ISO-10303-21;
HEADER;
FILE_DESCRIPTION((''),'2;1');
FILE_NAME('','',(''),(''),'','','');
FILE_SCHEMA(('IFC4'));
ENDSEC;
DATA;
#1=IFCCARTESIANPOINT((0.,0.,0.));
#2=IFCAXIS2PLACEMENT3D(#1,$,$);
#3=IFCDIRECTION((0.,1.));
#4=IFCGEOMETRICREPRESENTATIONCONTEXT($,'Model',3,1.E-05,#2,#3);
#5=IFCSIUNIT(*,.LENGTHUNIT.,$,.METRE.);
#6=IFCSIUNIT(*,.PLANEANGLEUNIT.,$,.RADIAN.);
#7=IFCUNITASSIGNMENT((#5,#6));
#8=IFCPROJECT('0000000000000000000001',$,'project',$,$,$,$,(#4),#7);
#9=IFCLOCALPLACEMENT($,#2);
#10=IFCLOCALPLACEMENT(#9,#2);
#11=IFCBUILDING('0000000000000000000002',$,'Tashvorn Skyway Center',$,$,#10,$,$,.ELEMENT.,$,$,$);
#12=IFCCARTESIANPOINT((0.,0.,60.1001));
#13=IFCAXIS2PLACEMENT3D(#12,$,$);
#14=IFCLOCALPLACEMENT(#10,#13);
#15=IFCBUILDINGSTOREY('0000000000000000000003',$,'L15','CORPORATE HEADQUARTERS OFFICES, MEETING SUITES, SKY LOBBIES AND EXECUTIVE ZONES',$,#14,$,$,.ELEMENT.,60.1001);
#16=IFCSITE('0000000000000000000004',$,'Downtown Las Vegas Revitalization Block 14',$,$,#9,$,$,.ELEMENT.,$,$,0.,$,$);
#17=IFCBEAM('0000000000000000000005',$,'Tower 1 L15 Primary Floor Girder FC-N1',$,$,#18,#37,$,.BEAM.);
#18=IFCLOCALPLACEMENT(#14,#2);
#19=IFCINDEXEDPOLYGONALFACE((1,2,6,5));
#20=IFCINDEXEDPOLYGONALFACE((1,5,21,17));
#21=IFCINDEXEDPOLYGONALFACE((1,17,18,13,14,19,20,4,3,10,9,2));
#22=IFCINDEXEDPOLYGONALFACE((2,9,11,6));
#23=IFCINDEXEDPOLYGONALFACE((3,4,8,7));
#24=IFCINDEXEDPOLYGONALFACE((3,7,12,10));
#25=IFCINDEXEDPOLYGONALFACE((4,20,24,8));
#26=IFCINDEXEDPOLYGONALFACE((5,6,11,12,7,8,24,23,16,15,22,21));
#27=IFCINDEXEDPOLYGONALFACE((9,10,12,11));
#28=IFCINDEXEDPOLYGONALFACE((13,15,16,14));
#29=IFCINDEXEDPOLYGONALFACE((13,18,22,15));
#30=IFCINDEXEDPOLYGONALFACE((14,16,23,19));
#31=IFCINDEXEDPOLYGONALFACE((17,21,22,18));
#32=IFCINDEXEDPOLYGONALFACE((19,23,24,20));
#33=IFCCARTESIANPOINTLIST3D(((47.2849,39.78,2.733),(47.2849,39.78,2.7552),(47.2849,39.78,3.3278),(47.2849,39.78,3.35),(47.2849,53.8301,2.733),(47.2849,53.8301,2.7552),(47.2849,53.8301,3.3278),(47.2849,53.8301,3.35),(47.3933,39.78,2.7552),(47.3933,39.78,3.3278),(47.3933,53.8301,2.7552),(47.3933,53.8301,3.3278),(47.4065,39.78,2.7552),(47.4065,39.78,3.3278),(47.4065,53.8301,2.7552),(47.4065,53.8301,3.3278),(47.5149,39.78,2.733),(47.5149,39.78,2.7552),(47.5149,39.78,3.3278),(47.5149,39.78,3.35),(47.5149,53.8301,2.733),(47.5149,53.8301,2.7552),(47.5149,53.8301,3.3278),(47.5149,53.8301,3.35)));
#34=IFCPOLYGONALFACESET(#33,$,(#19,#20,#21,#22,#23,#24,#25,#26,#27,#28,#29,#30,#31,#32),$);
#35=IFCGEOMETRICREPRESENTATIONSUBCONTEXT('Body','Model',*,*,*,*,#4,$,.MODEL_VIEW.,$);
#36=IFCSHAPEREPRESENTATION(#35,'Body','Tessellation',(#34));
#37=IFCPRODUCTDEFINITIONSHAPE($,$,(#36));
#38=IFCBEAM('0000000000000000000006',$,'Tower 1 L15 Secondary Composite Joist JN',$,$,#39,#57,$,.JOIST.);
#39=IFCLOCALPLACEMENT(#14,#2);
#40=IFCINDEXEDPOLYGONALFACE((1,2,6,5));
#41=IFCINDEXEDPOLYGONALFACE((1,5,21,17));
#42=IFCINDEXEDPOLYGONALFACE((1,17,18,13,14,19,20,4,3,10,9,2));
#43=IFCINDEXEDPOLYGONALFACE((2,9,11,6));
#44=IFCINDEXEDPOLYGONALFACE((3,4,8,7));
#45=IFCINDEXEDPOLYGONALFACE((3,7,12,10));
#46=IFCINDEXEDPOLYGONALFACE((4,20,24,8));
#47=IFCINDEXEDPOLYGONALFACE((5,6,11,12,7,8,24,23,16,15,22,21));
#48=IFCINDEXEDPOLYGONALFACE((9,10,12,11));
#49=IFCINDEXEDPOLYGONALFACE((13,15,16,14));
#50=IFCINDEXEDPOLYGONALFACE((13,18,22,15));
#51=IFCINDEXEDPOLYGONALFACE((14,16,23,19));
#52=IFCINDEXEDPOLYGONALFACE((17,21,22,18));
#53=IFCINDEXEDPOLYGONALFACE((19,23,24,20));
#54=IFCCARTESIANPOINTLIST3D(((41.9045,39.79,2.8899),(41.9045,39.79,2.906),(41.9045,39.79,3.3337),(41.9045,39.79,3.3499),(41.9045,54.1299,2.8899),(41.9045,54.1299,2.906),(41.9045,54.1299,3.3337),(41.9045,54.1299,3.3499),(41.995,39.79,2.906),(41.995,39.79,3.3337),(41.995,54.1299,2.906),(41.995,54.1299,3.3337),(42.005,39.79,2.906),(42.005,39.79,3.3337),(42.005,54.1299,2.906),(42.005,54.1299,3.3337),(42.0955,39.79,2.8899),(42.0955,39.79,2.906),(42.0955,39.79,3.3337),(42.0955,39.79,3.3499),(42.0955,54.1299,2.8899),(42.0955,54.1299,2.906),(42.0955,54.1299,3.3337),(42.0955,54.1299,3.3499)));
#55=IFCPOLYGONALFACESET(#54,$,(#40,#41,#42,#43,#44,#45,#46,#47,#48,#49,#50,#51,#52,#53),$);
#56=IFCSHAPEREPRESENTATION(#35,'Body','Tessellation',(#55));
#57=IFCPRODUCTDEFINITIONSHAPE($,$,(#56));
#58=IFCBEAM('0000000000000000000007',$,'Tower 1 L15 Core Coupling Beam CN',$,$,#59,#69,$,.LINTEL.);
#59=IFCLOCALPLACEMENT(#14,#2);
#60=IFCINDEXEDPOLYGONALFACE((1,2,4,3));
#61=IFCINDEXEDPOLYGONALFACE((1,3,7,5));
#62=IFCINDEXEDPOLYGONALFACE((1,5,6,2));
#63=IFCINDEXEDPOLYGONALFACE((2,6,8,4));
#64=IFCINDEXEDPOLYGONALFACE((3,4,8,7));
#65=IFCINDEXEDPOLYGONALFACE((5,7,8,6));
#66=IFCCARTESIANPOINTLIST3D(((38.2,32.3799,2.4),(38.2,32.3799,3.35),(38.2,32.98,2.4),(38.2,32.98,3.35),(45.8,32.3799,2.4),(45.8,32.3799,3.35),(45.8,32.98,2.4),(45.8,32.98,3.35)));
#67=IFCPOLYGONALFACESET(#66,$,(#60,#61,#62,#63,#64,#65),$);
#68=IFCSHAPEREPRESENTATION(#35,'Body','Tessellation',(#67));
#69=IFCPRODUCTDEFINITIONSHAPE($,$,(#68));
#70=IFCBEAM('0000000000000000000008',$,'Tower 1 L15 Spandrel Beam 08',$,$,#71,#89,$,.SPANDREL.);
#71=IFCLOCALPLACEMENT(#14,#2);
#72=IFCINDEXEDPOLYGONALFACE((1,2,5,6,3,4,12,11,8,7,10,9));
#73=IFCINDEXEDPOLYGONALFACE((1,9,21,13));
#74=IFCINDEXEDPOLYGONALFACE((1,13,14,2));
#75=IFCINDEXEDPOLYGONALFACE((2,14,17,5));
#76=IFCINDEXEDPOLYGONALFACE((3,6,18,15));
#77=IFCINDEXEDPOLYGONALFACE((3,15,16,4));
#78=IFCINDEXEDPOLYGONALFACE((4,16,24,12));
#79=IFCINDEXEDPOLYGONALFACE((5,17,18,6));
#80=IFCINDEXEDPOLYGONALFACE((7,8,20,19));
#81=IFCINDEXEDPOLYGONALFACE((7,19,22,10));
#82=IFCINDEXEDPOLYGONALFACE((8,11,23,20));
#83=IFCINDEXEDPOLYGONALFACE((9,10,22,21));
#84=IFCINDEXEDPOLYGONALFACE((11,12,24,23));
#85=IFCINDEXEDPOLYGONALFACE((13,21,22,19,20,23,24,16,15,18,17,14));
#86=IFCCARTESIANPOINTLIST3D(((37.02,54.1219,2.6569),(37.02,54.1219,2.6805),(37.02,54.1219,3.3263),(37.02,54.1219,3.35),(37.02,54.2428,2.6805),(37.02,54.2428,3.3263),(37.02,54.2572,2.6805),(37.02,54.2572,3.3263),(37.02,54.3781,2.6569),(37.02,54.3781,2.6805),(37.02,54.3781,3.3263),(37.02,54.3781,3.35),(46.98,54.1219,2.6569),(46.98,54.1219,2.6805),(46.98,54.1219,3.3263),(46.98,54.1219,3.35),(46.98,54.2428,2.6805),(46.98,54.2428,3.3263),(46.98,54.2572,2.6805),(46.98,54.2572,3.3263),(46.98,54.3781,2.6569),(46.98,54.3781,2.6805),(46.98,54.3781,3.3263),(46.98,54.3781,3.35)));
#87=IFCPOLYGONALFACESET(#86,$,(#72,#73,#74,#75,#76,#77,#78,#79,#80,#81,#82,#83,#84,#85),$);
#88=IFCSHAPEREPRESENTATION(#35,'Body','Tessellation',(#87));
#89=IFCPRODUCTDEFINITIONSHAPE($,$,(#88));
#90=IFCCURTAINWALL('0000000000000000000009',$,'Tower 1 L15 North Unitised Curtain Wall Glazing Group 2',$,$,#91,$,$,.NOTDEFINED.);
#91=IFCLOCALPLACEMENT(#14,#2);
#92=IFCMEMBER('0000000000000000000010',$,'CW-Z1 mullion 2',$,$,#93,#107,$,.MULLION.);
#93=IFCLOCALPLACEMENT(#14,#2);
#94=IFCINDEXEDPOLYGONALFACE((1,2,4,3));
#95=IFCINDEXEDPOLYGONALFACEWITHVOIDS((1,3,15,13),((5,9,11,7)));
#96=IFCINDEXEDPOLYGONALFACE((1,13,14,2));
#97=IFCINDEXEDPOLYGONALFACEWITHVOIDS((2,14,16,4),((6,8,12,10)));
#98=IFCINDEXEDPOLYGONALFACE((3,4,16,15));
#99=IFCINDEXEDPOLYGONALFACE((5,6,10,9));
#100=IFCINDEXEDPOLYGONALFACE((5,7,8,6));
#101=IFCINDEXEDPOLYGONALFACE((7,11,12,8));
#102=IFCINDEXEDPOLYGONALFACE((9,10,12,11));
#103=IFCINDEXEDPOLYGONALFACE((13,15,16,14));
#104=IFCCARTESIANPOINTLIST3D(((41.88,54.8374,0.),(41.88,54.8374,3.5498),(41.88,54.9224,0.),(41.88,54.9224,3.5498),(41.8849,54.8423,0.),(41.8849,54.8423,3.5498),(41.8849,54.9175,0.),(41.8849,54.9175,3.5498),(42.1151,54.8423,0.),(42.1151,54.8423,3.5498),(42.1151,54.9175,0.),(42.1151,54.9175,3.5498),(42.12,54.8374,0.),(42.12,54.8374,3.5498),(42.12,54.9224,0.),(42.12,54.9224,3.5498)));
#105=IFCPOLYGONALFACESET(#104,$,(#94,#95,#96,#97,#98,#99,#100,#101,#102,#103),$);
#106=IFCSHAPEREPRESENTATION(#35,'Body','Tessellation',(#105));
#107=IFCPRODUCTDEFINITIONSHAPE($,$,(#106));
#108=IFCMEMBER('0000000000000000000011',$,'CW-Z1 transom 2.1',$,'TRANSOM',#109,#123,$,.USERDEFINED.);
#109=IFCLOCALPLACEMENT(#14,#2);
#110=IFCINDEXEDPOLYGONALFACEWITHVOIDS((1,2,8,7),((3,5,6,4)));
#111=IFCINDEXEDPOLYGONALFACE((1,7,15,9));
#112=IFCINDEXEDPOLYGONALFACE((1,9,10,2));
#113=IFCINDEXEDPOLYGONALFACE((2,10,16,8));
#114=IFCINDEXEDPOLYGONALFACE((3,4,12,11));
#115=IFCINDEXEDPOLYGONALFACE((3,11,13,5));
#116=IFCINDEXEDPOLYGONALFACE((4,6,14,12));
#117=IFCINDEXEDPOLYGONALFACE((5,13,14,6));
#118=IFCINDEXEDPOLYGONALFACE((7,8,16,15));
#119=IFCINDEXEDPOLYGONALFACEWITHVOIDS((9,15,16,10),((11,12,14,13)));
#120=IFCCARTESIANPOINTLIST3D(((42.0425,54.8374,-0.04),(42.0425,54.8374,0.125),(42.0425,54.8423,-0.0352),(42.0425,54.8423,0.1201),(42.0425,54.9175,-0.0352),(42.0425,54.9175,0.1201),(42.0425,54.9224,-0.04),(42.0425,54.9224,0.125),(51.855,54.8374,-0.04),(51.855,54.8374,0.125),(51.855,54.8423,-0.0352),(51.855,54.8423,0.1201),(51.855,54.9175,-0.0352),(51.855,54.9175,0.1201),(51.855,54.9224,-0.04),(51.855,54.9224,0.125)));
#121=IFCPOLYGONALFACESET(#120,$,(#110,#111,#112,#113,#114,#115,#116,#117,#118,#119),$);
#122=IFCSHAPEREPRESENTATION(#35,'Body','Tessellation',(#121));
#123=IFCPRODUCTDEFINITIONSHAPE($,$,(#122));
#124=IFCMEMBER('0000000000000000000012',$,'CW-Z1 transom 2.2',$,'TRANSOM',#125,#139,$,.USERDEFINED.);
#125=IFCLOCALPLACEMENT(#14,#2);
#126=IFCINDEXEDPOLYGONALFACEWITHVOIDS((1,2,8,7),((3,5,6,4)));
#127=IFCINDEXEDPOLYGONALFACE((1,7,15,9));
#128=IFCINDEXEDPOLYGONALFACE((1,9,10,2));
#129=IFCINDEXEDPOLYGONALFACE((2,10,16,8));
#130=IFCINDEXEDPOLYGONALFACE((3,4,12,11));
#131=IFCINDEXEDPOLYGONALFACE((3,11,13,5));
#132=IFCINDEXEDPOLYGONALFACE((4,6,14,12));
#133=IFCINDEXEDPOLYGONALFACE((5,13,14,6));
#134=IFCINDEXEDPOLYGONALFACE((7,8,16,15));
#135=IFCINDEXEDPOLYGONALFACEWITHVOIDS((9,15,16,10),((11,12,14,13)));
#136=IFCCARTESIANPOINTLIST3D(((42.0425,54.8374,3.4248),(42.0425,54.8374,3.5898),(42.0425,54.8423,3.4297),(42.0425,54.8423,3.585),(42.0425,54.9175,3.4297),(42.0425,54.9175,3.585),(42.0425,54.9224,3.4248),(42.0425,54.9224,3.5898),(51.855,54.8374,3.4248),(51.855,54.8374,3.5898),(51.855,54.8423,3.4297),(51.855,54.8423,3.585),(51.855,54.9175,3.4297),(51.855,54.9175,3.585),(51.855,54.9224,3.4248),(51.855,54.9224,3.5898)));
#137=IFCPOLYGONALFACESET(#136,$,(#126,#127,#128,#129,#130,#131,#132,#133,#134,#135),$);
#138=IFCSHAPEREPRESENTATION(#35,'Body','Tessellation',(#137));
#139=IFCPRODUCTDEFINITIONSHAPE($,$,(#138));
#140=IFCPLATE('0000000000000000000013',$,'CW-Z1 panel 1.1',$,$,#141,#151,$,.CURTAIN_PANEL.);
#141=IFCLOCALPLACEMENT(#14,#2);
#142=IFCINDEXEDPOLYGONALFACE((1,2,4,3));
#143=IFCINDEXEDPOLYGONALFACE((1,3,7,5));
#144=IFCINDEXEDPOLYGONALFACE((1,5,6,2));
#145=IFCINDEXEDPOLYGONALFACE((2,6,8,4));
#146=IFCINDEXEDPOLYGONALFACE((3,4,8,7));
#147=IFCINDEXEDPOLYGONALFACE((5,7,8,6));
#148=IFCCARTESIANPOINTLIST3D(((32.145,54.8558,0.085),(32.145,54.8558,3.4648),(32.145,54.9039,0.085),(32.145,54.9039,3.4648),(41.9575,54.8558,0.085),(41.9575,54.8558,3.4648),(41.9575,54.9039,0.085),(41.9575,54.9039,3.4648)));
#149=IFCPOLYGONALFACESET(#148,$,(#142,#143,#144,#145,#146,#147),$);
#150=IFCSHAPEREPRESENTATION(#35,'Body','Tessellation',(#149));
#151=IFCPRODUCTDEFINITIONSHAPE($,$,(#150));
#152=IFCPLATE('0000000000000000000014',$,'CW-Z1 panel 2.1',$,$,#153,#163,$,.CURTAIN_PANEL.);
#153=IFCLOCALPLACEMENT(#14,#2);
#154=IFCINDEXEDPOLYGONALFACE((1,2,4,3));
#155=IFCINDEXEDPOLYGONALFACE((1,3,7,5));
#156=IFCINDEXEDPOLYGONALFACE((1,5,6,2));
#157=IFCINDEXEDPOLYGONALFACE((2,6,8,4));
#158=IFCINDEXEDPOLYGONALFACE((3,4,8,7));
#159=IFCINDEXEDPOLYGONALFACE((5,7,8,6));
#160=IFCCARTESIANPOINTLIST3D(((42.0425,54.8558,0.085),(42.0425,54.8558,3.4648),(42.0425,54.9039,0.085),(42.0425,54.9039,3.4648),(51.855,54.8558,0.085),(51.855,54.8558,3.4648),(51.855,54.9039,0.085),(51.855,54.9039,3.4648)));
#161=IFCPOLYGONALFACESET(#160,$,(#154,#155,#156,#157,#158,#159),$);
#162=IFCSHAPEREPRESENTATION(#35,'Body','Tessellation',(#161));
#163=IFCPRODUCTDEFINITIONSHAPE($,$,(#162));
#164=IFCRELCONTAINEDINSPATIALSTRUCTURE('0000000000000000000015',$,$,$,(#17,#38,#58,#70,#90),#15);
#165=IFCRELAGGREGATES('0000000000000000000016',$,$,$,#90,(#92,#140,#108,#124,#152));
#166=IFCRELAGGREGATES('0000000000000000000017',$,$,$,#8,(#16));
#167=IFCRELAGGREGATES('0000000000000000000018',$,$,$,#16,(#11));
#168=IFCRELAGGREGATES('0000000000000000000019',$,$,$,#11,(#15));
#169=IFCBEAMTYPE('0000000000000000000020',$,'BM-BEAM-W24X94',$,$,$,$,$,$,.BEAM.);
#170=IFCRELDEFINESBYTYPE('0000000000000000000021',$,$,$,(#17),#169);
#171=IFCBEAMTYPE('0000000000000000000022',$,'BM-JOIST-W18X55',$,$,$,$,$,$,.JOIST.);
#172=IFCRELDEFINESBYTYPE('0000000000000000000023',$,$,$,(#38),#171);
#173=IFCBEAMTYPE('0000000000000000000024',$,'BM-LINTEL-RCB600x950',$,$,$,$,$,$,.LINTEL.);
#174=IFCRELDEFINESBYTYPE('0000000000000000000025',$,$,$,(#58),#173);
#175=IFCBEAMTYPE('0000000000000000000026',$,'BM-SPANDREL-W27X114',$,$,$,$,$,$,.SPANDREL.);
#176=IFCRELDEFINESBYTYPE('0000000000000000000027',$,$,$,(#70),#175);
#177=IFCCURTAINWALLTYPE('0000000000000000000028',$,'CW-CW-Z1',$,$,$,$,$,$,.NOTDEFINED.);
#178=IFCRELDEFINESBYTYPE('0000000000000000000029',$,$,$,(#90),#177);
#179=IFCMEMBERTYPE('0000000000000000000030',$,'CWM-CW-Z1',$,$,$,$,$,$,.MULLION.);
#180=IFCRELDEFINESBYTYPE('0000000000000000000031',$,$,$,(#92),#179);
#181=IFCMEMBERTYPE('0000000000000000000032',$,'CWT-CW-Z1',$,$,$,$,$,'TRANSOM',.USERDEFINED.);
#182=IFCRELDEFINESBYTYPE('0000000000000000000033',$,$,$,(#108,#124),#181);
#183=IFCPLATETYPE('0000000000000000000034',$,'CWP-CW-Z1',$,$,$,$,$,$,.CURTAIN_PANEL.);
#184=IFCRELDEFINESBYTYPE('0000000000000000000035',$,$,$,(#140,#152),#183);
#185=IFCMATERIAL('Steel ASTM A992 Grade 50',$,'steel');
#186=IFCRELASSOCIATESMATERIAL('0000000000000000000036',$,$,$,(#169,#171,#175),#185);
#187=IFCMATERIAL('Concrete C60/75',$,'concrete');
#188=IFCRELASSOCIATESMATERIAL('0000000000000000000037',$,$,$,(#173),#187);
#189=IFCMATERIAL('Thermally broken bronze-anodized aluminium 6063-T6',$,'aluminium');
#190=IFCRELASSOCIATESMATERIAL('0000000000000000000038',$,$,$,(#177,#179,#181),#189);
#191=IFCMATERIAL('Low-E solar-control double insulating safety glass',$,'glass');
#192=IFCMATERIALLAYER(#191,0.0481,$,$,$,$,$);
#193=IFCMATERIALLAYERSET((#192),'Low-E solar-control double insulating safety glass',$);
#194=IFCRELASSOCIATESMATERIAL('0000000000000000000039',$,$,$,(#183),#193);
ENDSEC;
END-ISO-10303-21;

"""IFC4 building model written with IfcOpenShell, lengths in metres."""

from ifc_helpers import new_model, si_unit, direction, frame, origin, origin_2d, place, context, subcontext, project, spatial, rectangle, hollow_rectangle, i_section, extrude, material, layer, layer_set, material_profile, profile_set, type_object, element, aggregate, save


model = new_model("IFC4")

# Units and contexts
model_context = context("Model", 3, precision=1e-05, world=origin(), true_north=direction((0.0, 1.0)))
body_context = subcontext(model_context, "Body", "Model", "MODEL_VIEW")
ifc_project = project(units=[si_unit("LENGTHUNIT", "METRE"), si_unit("PLANEANGLEUNIT", "RADIAN")], contexts=[model_context])

# Site, building, storey
site_placement = place(None, origin())
site = spatial("IfcSite", under=ifc_project, at=site_placement, Name="Downtown Las Vegas Revitalization Block 14", CompositionType="ELEMENT", RefElevation=0.0)
building_placement = place(site_placement, origin())
building = spatial("IfcBuilding", under=site, at=building_placement, Name="Tashvorn Skyway Center", CompositionType="ELEMENT")
storey_placement = place(building_placement, frame((0.0, 0.0, 60.1001)))
storey = spatial("IfcBuildingStorey", under=building, at=storey_placement, Name="L15", Description="CORPORATE HEADQUARTERS OFFICES, MEETING SUITES, SKY LOBBIES AND EXECUTIVE ZONES", CompositionType="ELEMENT", Elevation=60.1001)

# Beams
ifc_material_1 = material(Name="Steel ASTM A992 Grade 50", Category="steel")
ifc_material_profile_1 = material_profile(ifc_material_1, i_section(OverallWidth=0.23, OverallDepth=0.6169, WebThickness=0.0132, FlangeThickness=0.0222, at=origin_2d()), Name="W24X94")
ifc_profile_set_1 = profile_set([ifc_material_profile_1], Name="Steel ASTM A992 Grade 50")
beam_type_1 = type_object("IfcBeamType", Name="BM-BEAM-W24X94", PredefinedType="BEAM", material=ifc_profile_set_1)
beam_1_placement = place(storey_placement, frame((47.3999, 53.8301, 3.0415), z_axis=(0.0, -1.0, 0.0), x_axis=(1.0, 0.0, 0.0)))
element("IfcBeam", 1, at=beam_1_placement, inside=storey, type_object=beam_type_1, Name="Tower 1 L15 Primary Floor Girder FC-N1", PredefinedType="BEAM", context=body_context, shape_type="SweptSolid", body=[
    extrude(i_section(OverallWidth=0.23, OverallDepth=0.6169, WebThickness=0.0132, FlangeThickness=0.0222, at=origin_2d()), origin(), (0.0, 0.0, 1.0), 14.05),
])
ifc_material_profile_2 = material_profile(ifc_material_1, i_section(OverallWidth=0.1909, OverallDepth=0.46, WebThickness=0.01, FlangeThickness=0.0161, at=origin_2d()), Name="W18X55")
ifc_profile_set_2 = profile_set([ifc_material_profile_2], Name="Steel ASTM A992 Grade 50")
beam_type_2 = type_object("IfcBeamType", Name="BM-JOIST-W18X55", PredefinedType="JOIST", material=ifc_profile_set_2)
beam_2_placement = place(storey_placement, frame((42.0, 39.79, 3.1199), z_axis=(0.0, 1.0, 0.0), x_axis=(-1.0, 0.0, 0.0)))
element("IfcBeam", 2, at=beam_2_placement, inside=storey, type_object=beam_type_2, Name="Tower 1 L15 Secondary Composite Joist JN", PredefinedType="JOIST", context=body_context, shape_type="SweptSolid", body=[
    extrude(i_section(OverallWidth=0.1909, OverallDepth=0.46, WebThickness=0.01, FlangeThickness=0.0161, at=origin_2d()), origin(), (0.0, 0.0, 1.0), 14.3398),
])
ifc_material_2 = material(Name="Concrete C60/75", Category="concrete")
ifc_material_profile_3 = material_profile(ifc_material_2, rectangle(XDim=0.6001, YDim=0.95, at=origin_2d()), Name="RCB600x950")
ifc_profile_set_3 = profile_set([ifc_material_profile_3], Name="Concrete C60/75")
beam_type_3 = type_object("IfcBeamType", Name="BM-LINTEL-RCB600x950", PredefinedType="LINTEL", material=ifc_profile_set_3)
beam_3_placement = place(storey_placement, frame((38.2, 32.6799, 2.875), z_axis=(1.0, 0.0, 0.0), x_axis=(0.0, 1.0, 0.0)))
element("IfcBeam", 3, at=beam_3_placement, inside=storey, type_object=beam_type_3, Name="Tower 1 L15 Core Coupling Beam CN", PredefinedType="LINTEL", context=body_context, shape_type="SweptSolid", body=[
    extrude(rectangle(XDim=0.6001, YDim=0.95, at=origin_2d()), origin(), (0.0, 0.0, 1.0), 7.6001),
])
ifc_material_profile_4 = material_profile(ifc_material_1, i_section(OverallWidth=0.2561, OverallDepth=0.6931, WebThickness=0.0144, FlangeThickness=0.0237, at=origin_2d()), Name="W27X114")
ifc_profile_set_4 = profile_set([ifc_material_profile_4], Name="Steel ASTM A992 Grade 50")
beam_type_4 = type_object("IfcBeamType", Name="BM-SPANDREL-W27X114", PredefinedType="SPANDREL", material=ifc_profile_set_4)
beam_4_placement = place(storey_placement, frame((46.98, 54.25, 3.0034), z_axis=(-1.0, 0.0, 0.0), x_axis=(0.0, -1.0, 0.0)))
element("IfcBeam", 4, at=beam_4_placement, inside=storey, type_object=beam_type_4, Name="Tower 1 L15 Spandrel Beam 08", PredefinedType="SPANDREL", context=body_context, shape_type="SweptSolid", body=[
    extrude(i_section(OverallWidth=0.2561, OverallDepth=0.6931, WebThickness=0.0144, FlangeThickness=0.0237, at=origin_2d()), origin(), (0.0, 0.0, 1.0), 9.96),
])

# Curtain wall, members, plates
ifc_material_3 = material(Name="Thermally broken bronze-anodized aluminium 6063-T6", Category="aluminium")
curtain_wall_type = type_object("IfcCurtainWallType", Name="CW-CW-Z1", PredefinedType="NOTDEFINED", material=ifc_material_3)
curtain_wall_placement = place(storey_placement, origin())
curtain_wall = element("IfcCurtainWall", 5, at=curtain_wall_placement, inside=storey, type_object=curtain_wall_type, Name="Tower 1 L15 North Unitised Curtain Wall Glazing Group 2", PredefinedType="NOTDEFINED")
ifc_material_profile_5 = material_profile(ifc_material_3, hollow_rectangle(XDim=0.085, YDim=0.24, WallThickness=0.0049, at=origin_2d()), Name="ALU-MULL-85x240")
ifc_profile_set_5 = profile_set([ifc_material_profile_5], Name="Thermally broken bronze-anodized aluminium 6063-T6")
member_type_1 = type_object("IfcMemberType", Name="CWM-CW-Z1", PredefinedType="MULLION", material=ifc_profile_set_5)
member_1_placement = place(storey_placement, frame((42.0, 54.8799, 0.0), z_axis=(0.0, 0.0, 1.0), x_axis=(0.0, 1.0, 0.0)))
member_1 = element("IfcMember", 6, at=member_1_placement, type_object=member_type_1, Name="CW-Z1 mullion 2", PredefinedType="MULLION", context=body_context, shape_type="SweptSolid", body=[
    extrude(hollow_rectangle(XDim=0.085, YDim=0.24, WallThickness=0.0049, at=origin_2d()), origin(), (0.0, 0.0, 1.0), 3.5498),
])
ifc_material_profile_6 = material_profile(ifc_material_3, hollow_rectangle(XDim=0.085, YDim=0.165, WallThickness=0.0049, at=origin_2d()), Name="ALU-TRAN-85x165")
ifc_profile_set_6 = profile_set([ifc_material_profile_6], Name="Thermally broken bronze-anodized aluminium 6063-T6")
member_type_2 = type_object("IfcMemberType", Name="CWT-CW-Z1", ElementType="TRANSOM", PredefinedType="USERDEFINED", material=ifc_profile_set_6)
member_2_placement = place(storey_placement, frame((42.0425, 54.8799, 0.0425), z_axis=(1.0, 0.0, 0.0), x_axis=(0.0, 1.0, 0.0)))
member_2 = element("IfcMember", 7, at=member_2_placement, type_object=member_type_2, Name="CW-Z1 transom 2.1", ObjectType="TRANSOM", PredefinedType="USERDEFINED", context=body_context, shape_type="SweptSolid", body=[
    extrude(hollow_rectangle(XDim=0.085, YDim=0.165, WallThickness=0.0049, at=origin_2d()), origin(), (0.0, 0.0, 1.0), 9.8125),
])
member_3_placement = place(storey_placement, frame((42.0425, 54.8799, 3.5073), z_axis=(1.0, 0.0, 0.0), x_axis=(0.0, 1.0, 0.0)))
member_3 = element("IfcMember", 8, at=member_3_placement, type_object=member_type_2, Name="CW-Z1 transom 2.2", ObjectType="TRANSOM", PredefinedType="USERDEFINED", context=body_context, shape_type="SweptSolid", body=[
    extrude(hollow_rectangle(XDim=0.085, YDim=0.165, WallThickness=0.0049, at=origin_2d()), origin(), (0.0, 0.0, 1.0), 9.8125),
])
ifc_material_4 = material(Name="Low-E solar-control double insulating safety glass", Category="glass")
ifc_layer_1 = layer(ifc_material_4, 0.0481)
ifc_layer_set_1 = layer_set([ifc_layer_1], Name="Low-E solar-control double insulating safety glass")
plate_type = type_object("IfcPlateType", Name="CWP-CW-Z1", PredefinedType="CURTAIN_PANEL", material=ifc_layer_set_1)
plate_1_placement = place(storey_placement, frame((37.0513, 54.8799, 0.085), z_axis=(0.0, 0.0, 1.0), x_axis=(1.0, 0.0, 0.0)))
plate_1 = element("IfcPlate", 9, at=plate_1_placement, type_object=plate_type, Name="CW-Z1 panel 1.1", PredefinedType="CURTAIN_PANEL", context=body_context, shape_type="SweptSolid", body=[
    extrude(rectangle(XDim=9.8125, YDim=0.0481, at=origin_2d()), origin(), (0.0, 0.0, 1.0), 3.3799),
])
plate_2_placement = place(storey_placement, frame((46.9487, 54.8799, 0.085), z_axis=(0.0, 0.0, 1.0), x_axis=(1.0, 0.0, 0.0)))
plate_2 = element("IfcPlate", 10, at=plate_2_placement, type_object=plate_type, Name="CW-Z1 panel 2.1", PredefinedType="CURTAIN_PANEL", context=body_context, shape_type="SweptSolid", body=[
    extrude(rectangle(XDim=9.8125, YDim=0.0481, at=origin_2d()), origin(), (0.0, 0.0, 1.0), 3.3799),
])
aggregate(curtain_wall, [member_1, plate_1, member_2, member_3, plate_2])

save(model, "model.ifc")
